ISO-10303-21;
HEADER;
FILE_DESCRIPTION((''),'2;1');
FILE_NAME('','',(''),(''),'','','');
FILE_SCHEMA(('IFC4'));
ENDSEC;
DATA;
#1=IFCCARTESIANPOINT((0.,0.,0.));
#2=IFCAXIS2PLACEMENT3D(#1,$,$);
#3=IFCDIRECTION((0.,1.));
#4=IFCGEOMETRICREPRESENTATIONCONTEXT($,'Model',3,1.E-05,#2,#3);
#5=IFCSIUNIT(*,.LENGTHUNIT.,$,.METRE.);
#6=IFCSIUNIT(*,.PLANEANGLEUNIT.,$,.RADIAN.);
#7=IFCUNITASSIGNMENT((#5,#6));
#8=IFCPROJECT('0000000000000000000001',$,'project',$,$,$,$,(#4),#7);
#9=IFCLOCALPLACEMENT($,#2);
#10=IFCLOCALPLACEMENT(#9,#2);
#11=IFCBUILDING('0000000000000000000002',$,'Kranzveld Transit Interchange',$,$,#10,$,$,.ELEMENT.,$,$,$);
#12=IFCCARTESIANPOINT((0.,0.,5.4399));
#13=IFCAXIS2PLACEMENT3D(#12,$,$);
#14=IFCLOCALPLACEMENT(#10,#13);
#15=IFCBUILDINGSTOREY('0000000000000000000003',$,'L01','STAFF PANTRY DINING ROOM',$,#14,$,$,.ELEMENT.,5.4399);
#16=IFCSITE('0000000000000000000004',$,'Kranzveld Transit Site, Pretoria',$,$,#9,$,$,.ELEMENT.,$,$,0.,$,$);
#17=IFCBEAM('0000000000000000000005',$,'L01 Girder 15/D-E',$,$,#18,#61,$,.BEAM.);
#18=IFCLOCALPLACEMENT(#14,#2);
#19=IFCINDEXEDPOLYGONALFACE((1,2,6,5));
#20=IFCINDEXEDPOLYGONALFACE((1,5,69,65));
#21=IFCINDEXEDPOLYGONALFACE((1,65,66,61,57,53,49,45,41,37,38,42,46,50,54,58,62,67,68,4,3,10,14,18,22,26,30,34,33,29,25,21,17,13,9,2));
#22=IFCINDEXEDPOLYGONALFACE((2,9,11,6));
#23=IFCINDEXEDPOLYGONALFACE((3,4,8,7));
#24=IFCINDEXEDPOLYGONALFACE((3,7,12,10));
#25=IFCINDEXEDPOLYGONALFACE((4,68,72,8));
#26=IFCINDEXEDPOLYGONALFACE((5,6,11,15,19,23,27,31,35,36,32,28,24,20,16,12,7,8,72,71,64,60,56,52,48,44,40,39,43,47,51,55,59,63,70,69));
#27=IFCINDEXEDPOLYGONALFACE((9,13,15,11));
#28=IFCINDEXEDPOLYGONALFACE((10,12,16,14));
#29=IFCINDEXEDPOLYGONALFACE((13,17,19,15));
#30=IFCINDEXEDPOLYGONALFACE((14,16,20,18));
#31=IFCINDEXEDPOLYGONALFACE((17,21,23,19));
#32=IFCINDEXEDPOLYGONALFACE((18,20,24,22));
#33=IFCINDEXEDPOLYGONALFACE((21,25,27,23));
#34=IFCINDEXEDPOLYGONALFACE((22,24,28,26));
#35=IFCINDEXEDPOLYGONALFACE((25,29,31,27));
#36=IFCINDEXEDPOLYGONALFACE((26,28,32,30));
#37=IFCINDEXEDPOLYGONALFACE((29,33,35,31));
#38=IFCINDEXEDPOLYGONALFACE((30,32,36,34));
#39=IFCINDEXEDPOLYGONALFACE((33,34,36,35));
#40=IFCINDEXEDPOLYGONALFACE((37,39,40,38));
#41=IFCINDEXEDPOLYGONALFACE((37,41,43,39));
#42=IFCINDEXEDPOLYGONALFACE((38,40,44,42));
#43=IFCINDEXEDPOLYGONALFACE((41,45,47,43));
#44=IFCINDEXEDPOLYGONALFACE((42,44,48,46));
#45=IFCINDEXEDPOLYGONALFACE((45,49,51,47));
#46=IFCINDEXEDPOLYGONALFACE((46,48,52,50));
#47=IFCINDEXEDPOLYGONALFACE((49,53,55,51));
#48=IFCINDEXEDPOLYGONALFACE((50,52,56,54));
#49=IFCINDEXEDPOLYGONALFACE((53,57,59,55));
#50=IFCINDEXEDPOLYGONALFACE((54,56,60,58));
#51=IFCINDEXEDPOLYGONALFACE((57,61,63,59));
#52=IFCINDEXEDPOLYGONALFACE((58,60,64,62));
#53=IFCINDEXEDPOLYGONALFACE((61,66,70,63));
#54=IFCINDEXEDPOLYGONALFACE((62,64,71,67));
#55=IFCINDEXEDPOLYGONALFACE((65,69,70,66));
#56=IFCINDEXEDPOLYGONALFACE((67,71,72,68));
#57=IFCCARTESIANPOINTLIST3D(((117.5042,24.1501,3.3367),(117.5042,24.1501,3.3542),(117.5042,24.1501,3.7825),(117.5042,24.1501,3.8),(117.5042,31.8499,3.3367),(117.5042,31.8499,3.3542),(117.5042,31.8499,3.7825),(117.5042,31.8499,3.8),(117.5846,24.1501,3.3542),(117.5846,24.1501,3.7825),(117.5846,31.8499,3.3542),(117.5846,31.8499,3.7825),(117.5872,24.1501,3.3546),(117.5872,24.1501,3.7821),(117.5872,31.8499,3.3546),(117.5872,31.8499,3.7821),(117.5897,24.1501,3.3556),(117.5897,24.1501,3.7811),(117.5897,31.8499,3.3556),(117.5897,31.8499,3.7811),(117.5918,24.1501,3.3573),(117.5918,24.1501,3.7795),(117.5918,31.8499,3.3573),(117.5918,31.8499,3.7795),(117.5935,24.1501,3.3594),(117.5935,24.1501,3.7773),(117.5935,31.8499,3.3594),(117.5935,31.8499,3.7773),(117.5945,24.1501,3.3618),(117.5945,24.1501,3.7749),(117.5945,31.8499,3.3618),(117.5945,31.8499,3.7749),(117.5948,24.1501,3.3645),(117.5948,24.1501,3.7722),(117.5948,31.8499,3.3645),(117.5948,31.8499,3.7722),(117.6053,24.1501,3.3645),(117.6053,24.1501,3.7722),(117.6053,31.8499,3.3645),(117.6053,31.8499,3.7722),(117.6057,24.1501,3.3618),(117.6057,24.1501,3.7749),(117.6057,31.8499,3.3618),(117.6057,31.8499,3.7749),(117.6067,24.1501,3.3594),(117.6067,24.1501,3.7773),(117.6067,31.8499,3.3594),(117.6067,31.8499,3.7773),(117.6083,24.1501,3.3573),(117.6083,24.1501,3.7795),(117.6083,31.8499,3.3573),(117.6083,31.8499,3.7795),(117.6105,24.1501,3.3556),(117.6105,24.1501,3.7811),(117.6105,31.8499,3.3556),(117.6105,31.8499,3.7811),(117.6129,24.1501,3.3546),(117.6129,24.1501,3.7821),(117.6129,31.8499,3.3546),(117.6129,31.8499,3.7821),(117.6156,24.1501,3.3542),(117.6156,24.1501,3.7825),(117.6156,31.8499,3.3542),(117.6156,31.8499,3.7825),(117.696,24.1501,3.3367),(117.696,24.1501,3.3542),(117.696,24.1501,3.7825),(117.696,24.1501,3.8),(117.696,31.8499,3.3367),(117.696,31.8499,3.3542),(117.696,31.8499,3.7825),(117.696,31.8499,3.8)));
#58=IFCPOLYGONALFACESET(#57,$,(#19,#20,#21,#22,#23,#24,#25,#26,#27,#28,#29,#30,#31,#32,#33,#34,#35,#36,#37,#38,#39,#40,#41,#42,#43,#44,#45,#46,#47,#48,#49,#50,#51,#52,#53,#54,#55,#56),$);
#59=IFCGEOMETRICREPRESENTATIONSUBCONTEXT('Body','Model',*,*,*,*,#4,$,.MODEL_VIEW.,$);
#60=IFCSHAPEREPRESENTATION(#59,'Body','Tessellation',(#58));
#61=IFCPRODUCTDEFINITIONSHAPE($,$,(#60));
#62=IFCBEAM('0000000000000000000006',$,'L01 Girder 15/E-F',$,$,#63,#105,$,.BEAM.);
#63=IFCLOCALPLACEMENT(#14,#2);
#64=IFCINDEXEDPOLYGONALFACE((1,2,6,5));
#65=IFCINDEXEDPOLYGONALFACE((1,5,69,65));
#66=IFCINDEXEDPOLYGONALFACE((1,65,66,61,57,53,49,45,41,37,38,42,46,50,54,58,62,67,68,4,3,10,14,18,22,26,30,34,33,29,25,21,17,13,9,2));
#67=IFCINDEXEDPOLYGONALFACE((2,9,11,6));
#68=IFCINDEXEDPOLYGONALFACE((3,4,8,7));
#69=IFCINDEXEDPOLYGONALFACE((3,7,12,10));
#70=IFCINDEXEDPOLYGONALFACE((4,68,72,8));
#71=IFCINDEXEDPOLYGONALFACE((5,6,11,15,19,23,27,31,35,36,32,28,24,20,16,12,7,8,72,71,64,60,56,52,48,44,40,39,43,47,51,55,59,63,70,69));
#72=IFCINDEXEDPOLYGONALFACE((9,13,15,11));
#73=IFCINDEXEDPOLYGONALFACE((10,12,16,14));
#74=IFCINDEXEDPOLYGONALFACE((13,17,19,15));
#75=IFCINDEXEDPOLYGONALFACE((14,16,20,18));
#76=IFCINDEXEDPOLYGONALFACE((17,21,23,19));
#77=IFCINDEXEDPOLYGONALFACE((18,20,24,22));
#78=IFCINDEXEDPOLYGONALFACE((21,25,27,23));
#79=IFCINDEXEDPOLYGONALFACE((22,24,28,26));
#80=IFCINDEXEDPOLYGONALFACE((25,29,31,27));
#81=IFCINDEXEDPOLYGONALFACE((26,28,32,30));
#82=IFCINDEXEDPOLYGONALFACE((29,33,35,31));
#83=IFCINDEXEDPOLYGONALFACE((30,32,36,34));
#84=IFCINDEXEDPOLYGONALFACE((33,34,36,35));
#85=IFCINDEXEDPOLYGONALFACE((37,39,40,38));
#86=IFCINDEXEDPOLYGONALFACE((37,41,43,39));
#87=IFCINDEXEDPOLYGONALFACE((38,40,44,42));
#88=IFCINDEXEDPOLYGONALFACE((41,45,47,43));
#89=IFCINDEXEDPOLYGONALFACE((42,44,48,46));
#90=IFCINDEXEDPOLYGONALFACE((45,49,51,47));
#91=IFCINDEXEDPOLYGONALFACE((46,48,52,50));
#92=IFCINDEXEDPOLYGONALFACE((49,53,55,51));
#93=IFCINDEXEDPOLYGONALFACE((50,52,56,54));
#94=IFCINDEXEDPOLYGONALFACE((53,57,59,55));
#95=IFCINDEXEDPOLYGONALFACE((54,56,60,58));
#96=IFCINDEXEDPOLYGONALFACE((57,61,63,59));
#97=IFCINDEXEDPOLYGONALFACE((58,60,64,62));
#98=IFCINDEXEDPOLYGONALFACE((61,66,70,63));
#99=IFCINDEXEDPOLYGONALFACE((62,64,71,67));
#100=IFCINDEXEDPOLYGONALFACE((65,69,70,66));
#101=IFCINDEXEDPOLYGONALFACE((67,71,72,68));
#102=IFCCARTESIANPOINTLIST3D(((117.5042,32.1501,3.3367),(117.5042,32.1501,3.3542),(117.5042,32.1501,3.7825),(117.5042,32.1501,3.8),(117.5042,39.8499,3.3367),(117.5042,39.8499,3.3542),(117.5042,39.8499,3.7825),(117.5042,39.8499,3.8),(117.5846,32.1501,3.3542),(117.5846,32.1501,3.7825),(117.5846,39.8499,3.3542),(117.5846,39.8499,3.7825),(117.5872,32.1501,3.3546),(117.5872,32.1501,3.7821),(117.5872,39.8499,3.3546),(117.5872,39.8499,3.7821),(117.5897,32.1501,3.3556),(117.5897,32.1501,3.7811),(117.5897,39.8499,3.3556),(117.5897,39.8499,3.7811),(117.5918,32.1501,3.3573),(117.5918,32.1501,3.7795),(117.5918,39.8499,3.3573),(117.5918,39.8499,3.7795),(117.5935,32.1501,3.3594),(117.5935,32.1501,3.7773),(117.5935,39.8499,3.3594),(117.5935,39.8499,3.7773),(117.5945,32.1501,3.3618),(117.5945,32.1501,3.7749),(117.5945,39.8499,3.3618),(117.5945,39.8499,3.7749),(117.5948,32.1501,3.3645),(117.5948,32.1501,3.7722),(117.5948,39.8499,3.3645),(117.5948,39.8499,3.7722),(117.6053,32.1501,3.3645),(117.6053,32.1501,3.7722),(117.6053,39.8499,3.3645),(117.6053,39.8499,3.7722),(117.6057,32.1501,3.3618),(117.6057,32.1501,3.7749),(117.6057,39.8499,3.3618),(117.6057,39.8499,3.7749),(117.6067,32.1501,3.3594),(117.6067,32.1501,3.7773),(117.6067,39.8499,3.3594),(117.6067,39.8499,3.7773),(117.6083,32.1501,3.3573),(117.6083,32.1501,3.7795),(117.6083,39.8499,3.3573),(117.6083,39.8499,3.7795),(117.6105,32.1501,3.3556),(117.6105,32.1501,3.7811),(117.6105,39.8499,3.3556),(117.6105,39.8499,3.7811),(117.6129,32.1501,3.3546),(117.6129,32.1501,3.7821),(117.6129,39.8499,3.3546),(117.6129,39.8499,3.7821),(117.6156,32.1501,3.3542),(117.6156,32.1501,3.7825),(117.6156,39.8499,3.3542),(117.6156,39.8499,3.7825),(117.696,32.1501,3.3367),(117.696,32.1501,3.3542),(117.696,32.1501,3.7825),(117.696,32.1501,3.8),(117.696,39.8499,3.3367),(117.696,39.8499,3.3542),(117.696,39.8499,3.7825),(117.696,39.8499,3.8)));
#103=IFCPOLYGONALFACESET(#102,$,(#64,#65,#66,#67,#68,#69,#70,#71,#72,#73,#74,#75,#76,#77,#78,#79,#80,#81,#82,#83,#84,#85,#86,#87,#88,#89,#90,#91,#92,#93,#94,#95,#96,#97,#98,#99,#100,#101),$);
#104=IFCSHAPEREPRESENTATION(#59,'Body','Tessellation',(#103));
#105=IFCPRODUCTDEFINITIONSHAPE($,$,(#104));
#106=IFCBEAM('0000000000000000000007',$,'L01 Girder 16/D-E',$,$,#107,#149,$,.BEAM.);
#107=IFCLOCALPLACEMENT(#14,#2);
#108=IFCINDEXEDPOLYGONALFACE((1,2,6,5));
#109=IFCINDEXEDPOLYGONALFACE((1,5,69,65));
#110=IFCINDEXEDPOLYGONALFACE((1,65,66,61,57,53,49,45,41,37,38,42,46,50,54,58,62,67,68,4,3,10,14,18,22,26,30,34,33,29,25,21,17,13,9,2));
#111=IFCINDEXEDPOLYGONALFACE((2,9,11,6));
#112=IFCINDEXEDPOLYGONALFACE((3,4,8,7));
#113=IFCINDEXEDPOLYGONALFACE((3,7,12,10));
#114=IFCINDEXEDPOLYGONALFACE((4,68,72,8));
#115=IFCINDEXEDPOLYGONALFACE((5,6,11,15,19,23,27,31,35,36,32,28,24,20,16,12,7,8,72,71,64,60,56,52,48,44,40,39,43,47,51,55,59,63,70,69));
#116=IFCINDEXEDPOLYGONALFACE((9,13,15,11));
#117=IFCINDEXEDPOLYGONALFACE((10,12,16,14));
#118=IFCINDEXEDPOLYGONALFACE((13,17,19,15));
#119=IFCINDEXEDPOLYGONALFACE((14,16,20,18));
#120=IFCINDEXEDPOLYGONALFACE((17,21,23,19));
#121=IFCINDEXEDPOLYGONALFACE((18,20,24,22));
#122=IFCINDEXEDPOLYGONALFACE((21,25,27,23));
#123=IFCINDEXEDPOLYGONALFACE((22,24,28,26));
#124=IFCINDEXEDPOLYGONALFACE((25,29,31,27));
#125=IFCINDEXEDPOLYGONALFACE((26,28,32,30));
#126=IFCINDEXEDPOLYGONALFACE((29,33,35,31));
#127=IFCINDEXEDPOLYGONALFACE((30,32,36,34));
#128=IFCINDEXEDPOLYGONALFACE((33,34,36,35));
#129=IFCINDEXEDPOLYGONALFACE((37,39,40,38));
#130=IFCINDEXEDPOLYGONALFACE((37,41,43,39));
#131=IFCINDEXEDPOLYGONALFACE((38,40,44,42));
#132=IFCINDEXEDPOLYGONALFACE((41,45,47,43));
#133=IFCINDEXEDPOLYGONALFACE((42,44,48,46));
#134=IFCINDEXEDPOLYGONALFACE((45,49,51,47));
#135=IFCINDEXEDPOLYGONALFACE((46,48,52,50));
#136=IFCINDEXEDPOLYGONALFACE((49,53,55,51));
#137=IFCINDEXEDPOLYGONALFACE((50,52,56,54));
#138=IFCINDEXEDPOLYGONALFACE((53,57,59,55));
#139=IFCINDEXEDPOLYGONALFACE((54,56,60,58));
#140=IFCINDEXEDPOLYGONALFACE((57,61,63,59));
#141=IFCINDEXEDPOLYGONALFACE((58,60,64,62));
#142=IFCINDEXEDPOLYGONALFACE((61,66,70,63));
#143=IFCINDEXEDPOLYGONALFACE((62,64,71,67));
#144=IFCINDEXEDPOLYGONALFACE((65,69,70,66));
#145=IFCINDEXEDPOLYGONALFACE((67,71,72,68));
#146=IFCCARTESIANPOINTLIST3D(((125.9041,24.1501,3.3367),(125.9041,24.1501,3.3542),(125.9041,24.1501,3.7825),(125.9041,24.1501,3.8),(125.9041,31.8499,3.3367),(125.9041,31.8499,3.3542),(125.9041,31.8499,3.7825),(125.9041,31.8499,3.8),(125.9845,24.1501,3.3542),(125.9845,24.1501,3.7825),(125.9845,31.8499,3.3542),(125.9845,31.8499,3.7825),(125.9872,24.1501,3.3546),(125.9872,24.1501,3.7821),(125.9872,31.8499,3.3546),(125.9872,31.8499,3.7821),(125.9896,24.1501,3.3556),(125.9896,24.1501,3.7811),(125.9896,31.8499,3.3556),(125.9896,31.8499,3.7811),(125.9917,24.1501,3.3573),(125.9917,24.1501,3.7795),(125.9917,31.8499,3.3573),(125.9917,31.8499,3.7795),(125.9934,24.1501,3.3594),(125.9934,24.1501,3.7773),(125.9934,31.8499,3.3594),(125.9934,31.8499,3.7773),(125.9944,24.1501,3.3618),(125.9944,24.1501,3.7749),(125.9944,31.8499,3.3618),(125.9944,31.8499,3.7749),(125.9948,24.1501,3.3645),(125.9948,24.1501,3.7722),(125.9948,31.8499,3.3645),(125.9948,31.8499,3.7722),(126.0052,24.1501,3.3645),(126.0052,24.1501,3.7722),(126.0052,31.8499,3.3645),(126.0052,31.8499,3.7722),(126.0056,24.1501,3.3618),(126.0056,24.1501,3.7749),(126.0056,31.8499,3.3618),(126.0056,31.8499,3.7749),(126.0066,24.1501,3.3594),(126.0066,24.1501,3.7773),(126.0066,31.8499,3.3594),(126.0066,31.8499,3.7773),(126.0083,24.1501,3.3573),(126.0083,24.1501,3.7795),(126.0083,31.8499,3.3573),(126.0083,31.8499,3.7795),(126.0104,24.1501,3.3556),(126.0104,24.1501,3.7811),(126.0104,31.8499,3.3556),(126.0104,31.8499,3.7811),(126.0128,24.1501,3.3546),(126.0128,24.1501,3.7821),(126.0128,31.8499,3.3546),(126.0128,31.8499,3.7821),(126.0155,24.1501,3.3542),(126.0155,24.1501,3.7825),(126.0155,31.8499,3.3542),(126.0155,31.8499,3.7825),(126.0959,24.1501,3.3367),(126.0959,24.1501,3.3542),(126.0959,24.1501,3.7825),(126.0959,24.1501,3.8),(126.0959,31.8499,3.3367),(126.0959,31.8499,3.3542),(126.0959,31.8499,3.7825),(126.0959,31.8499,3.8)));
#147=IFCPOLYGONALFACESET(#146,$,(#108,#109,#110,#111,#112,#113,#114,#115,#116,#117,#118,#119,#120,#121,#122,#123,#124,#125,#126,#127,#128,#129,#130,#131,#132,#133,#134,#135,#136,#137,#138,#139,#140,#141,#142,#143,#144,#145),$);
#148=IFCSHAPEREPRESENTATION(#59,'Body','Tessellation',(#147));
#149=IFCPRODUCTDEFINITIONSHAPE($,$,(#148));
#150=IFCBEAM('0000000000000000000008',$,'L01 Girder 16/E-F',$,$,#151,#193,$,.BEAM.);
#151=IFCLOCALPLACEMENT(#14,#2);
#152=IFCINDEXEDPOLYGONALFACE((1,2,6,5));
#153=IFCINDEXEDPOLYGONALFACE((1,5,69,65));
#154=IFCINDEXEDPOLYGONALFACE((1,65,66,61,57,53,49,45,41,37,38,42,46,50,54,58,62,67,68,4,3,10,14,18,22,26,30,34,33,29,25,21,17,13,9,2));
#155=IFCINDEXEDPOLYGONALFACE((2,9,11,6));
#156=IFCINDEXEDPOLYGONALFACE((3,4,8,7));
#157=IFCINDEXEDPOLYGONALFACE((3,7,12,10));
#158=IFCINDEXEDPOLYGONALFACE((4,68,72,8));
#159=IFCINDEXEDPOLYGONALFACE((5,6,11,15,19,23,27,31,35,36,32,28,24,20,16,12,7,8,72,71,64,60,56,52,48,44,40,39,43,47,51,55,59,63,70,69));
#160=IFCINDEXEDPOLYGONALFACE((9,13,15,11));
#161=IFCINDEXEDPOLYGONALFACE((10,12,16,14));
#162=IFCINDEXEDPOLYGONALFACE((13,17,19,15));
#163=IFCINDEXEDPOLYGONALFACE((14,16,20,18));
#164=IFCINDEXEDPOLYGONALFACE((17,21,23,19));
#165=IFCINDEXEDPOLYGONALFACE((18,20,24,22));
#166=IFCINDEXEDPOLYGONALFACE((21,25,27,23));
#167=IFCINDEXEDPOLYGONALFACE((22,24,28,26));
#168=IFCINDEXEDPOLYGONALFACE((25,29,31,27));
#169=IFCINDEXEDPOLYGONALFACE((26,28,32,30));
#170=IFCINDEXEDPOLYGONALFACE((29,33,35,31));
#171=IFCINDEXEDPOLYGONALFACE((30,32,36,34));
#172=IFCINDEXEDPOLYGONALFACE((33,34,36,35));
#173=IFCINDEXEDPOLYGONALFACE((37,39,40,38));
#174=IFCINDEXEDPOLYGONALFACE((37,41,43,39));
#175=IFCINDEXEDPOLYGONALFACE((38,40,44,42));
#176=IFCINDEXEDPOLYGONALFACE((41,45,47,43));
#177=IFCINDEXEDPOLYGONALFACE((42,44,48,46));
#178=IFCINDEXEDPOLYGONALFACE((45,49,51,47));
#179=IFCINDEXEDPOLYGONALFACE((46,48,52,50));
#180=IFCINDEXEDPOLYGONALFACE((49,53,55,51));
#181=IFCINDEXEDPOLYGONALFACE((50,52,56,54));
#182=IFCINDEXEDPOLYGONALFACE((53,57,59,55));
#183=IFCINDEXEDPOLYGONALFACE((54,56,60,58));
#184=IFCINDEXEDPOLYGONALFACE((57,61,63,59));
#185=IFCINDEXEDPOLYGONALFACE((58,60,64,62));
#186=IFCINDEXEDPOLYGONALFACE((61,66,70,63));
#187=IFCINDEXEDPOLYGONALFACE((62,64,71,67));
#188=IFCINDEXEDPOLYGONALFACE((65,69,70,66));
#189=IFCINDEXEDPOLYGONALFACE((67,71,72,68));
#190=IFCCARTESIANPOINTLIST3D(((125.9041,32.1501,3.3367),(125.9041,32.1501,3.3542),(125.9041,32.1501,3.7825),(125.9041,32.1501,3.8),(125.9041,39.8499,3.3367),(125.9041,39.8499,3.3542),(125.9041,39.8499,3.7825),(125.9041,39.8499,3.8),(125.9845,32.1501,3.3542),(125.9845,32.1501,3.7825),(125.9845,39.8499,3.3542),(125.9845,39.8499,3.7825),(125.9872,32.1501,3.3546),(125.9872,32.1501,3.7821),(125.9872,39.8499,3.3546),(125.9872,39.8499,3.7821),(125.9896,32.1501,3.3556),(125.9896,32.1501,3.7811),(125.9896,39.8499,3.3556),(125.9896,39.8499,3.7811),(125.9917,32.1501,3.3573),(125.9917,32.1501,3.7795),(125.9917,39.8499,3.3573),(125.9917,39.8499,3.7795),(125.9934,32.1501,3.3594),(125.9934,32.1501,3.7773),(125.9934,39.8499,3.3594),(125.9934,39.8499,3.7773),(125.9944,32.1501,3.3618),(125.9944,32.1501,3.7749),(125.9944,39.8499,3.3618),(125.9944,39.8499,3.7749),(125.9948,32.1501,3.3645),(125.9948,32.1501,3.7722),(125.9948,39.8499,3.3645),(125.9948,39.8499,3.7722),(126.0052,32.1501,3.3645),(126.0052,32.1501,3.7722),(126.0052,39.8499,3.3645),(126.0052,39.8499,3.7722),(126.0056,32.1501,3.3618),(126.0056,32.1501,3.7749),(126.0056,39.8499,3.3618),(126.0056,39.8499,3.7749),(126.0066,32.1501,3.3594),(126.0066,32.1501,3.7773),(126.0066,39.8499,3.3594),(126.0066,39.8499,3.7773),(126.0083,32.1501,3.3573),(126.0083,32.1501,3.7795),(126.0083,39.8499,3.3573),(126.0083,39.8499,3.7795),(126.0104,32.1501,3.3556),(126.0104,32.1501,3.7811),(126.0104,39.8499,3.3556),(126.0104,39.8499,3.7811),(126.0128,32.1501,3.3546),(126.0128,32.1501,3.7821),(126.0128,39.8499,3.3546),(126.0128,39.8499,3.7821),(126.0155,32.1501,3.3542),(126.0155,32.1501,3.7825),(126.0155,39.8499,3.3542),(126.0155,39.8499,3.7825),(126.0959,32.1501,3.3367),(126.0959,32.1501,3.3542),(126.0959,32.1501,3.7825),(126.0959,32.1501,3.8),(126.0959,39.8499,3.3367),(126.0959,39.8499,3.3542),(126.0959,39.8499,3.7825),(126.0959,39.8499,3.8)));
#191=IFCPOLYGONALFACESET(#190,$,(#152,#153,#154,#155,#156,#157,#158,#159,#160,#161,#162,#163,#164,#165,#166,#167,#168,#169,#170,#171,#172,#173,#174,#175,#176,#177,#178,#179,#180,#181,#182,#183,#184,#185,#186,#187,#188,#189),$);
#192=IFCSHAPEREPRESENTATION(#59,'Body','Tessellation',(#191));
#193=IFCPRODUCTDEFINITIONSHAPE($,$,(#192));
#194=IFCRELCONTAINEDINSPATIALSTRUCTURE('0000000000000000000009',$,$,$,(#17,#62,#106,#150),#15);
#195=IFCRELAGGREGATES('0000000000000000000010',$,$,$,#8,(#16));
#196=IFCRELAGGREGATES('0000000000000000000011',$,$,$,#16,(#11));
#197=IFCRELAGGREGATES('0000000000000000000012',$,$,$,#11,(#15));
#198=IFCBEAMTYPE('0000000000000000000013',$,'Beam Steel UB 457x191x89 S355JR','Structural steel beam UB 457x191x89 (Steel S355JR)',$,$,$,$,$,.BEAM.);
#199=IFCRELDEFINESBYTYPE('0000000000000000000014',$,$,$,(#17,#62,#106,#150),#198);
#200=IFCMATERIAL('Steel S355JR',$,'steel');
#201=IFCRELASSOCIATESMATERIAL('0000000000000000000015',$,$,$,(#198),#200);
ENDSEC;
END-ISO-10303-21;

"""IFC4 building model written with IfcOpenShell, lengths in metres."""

from ifc_helpers import new_model, si_unit, direction, frame, origin, origin_2d, place, context, subcontext, project, spatial, i_section, extrude, material, material_profile, profile_set, type_object, element, save


model = new_model("IFC4")

# Units and contexts
model_context = context("Model", 3, precision=1e-05, world=origin(), true_north=direction((0.0, 1.0)))
body_context = subcontext(model_context, "Body", "Model", "MODEL_VIEW")
ifc_project = project(units=[si_unit("LENGTHUNIT", "METRE"), si_unit("PLANEANGLEUNIT", "RADIAN")], contexts=[model_context])

# Site, building, storey
site_placement = place(None, origin())
site = spatial("IfcSite", under=ifc_project, at=site_placement, Name="Kranzveld Transit Site, Pretoria", CompositionType="ELEMENT", RefElevation=0.0)
building_placement = place(site_placement, origin())
building = spatial("IfcBuilding", under=site, at=building_placement, Name="Kranzveld Transit Interchange", CompositionType="ELEMENT")
storey_placement = place(building_placement, frame((0.0, 0.0, 5.4399)))
storey = spatial("IfcBuildingStorey", under=building, at=storey_placement, Name="L01", Description="STAFF PANTRY DINING ROOM", CompositionType="ELEMENT", Elevation=5.4399)

# Beams
ifc_material_1 = material(Name="Steel S355JR", Category="steel")
ifc_material_profile_1 = material_profile(ifc_material_1, i_section(OverallWidth=0.1919, OverallDepth=0.4634, WebThickness=0.0105, FlangeThickness=0.0176, FilletRadius=0.0103, at=origin_2d()), Name="UB 457x191x89")
ifc_profile_set_1 = profile_set([ifc_material_profile_1], Name="Steel S355JR")
beam_type_1 = type_object("IfcBeamType", Name="Beam Steel UB 457x191x89 S355JR", Description="Structural steel beam UB 457x191x89 (Steel S355JR)", PredefinedType="BEAM", material=ifc_profile_set_1)
for number, where, z_axis, x_axis, name in (
    (1, (117.6001, 24.1501, 3.5684), (0.0, 1.0, 0.0), (-1.0, 0.0, 0.0), "L01 Girder 15/D-E"),
    (2, (117.6001, 32.1501, 3.5684), (0.0, 1.0, 0.0), (-1.0, 0.0, 0.0), "L01 Girder 15/E-F"),
    (3, (126.0, 24.1501, 3.5684), (0.0, 1.0, 0.0), (-1.0, 0.0, 0.0), "L01 Girder 16/D-E"),
    (4, (126.0, 32.1501, 3.5684), (0.0, 1.0, 0.0), (-1.0, 0.0, 0.0), "L01 Girder 16/E-F"),
):
    element("IfcBeam", number, at=place(storey_placement, frame(where, z_axis=z_axis, x_axis=x_axis)), inside=storey, type_object=beam_type_1, Name=name, PredefinedType="BEAM", context=body_context, shape_type="SweptSolid", body=[
        extrude(i_section(OverallWidth=0.1919, OverallDepth=0.4634, WebThickness=0.0105, FlangeThickness=0.0176, FilletRadius=0.0103, at=origin_2d()), origin(), (0.0, 0.0, 1.0), 7.6997),
    ])

save(model, "model.ifc")
